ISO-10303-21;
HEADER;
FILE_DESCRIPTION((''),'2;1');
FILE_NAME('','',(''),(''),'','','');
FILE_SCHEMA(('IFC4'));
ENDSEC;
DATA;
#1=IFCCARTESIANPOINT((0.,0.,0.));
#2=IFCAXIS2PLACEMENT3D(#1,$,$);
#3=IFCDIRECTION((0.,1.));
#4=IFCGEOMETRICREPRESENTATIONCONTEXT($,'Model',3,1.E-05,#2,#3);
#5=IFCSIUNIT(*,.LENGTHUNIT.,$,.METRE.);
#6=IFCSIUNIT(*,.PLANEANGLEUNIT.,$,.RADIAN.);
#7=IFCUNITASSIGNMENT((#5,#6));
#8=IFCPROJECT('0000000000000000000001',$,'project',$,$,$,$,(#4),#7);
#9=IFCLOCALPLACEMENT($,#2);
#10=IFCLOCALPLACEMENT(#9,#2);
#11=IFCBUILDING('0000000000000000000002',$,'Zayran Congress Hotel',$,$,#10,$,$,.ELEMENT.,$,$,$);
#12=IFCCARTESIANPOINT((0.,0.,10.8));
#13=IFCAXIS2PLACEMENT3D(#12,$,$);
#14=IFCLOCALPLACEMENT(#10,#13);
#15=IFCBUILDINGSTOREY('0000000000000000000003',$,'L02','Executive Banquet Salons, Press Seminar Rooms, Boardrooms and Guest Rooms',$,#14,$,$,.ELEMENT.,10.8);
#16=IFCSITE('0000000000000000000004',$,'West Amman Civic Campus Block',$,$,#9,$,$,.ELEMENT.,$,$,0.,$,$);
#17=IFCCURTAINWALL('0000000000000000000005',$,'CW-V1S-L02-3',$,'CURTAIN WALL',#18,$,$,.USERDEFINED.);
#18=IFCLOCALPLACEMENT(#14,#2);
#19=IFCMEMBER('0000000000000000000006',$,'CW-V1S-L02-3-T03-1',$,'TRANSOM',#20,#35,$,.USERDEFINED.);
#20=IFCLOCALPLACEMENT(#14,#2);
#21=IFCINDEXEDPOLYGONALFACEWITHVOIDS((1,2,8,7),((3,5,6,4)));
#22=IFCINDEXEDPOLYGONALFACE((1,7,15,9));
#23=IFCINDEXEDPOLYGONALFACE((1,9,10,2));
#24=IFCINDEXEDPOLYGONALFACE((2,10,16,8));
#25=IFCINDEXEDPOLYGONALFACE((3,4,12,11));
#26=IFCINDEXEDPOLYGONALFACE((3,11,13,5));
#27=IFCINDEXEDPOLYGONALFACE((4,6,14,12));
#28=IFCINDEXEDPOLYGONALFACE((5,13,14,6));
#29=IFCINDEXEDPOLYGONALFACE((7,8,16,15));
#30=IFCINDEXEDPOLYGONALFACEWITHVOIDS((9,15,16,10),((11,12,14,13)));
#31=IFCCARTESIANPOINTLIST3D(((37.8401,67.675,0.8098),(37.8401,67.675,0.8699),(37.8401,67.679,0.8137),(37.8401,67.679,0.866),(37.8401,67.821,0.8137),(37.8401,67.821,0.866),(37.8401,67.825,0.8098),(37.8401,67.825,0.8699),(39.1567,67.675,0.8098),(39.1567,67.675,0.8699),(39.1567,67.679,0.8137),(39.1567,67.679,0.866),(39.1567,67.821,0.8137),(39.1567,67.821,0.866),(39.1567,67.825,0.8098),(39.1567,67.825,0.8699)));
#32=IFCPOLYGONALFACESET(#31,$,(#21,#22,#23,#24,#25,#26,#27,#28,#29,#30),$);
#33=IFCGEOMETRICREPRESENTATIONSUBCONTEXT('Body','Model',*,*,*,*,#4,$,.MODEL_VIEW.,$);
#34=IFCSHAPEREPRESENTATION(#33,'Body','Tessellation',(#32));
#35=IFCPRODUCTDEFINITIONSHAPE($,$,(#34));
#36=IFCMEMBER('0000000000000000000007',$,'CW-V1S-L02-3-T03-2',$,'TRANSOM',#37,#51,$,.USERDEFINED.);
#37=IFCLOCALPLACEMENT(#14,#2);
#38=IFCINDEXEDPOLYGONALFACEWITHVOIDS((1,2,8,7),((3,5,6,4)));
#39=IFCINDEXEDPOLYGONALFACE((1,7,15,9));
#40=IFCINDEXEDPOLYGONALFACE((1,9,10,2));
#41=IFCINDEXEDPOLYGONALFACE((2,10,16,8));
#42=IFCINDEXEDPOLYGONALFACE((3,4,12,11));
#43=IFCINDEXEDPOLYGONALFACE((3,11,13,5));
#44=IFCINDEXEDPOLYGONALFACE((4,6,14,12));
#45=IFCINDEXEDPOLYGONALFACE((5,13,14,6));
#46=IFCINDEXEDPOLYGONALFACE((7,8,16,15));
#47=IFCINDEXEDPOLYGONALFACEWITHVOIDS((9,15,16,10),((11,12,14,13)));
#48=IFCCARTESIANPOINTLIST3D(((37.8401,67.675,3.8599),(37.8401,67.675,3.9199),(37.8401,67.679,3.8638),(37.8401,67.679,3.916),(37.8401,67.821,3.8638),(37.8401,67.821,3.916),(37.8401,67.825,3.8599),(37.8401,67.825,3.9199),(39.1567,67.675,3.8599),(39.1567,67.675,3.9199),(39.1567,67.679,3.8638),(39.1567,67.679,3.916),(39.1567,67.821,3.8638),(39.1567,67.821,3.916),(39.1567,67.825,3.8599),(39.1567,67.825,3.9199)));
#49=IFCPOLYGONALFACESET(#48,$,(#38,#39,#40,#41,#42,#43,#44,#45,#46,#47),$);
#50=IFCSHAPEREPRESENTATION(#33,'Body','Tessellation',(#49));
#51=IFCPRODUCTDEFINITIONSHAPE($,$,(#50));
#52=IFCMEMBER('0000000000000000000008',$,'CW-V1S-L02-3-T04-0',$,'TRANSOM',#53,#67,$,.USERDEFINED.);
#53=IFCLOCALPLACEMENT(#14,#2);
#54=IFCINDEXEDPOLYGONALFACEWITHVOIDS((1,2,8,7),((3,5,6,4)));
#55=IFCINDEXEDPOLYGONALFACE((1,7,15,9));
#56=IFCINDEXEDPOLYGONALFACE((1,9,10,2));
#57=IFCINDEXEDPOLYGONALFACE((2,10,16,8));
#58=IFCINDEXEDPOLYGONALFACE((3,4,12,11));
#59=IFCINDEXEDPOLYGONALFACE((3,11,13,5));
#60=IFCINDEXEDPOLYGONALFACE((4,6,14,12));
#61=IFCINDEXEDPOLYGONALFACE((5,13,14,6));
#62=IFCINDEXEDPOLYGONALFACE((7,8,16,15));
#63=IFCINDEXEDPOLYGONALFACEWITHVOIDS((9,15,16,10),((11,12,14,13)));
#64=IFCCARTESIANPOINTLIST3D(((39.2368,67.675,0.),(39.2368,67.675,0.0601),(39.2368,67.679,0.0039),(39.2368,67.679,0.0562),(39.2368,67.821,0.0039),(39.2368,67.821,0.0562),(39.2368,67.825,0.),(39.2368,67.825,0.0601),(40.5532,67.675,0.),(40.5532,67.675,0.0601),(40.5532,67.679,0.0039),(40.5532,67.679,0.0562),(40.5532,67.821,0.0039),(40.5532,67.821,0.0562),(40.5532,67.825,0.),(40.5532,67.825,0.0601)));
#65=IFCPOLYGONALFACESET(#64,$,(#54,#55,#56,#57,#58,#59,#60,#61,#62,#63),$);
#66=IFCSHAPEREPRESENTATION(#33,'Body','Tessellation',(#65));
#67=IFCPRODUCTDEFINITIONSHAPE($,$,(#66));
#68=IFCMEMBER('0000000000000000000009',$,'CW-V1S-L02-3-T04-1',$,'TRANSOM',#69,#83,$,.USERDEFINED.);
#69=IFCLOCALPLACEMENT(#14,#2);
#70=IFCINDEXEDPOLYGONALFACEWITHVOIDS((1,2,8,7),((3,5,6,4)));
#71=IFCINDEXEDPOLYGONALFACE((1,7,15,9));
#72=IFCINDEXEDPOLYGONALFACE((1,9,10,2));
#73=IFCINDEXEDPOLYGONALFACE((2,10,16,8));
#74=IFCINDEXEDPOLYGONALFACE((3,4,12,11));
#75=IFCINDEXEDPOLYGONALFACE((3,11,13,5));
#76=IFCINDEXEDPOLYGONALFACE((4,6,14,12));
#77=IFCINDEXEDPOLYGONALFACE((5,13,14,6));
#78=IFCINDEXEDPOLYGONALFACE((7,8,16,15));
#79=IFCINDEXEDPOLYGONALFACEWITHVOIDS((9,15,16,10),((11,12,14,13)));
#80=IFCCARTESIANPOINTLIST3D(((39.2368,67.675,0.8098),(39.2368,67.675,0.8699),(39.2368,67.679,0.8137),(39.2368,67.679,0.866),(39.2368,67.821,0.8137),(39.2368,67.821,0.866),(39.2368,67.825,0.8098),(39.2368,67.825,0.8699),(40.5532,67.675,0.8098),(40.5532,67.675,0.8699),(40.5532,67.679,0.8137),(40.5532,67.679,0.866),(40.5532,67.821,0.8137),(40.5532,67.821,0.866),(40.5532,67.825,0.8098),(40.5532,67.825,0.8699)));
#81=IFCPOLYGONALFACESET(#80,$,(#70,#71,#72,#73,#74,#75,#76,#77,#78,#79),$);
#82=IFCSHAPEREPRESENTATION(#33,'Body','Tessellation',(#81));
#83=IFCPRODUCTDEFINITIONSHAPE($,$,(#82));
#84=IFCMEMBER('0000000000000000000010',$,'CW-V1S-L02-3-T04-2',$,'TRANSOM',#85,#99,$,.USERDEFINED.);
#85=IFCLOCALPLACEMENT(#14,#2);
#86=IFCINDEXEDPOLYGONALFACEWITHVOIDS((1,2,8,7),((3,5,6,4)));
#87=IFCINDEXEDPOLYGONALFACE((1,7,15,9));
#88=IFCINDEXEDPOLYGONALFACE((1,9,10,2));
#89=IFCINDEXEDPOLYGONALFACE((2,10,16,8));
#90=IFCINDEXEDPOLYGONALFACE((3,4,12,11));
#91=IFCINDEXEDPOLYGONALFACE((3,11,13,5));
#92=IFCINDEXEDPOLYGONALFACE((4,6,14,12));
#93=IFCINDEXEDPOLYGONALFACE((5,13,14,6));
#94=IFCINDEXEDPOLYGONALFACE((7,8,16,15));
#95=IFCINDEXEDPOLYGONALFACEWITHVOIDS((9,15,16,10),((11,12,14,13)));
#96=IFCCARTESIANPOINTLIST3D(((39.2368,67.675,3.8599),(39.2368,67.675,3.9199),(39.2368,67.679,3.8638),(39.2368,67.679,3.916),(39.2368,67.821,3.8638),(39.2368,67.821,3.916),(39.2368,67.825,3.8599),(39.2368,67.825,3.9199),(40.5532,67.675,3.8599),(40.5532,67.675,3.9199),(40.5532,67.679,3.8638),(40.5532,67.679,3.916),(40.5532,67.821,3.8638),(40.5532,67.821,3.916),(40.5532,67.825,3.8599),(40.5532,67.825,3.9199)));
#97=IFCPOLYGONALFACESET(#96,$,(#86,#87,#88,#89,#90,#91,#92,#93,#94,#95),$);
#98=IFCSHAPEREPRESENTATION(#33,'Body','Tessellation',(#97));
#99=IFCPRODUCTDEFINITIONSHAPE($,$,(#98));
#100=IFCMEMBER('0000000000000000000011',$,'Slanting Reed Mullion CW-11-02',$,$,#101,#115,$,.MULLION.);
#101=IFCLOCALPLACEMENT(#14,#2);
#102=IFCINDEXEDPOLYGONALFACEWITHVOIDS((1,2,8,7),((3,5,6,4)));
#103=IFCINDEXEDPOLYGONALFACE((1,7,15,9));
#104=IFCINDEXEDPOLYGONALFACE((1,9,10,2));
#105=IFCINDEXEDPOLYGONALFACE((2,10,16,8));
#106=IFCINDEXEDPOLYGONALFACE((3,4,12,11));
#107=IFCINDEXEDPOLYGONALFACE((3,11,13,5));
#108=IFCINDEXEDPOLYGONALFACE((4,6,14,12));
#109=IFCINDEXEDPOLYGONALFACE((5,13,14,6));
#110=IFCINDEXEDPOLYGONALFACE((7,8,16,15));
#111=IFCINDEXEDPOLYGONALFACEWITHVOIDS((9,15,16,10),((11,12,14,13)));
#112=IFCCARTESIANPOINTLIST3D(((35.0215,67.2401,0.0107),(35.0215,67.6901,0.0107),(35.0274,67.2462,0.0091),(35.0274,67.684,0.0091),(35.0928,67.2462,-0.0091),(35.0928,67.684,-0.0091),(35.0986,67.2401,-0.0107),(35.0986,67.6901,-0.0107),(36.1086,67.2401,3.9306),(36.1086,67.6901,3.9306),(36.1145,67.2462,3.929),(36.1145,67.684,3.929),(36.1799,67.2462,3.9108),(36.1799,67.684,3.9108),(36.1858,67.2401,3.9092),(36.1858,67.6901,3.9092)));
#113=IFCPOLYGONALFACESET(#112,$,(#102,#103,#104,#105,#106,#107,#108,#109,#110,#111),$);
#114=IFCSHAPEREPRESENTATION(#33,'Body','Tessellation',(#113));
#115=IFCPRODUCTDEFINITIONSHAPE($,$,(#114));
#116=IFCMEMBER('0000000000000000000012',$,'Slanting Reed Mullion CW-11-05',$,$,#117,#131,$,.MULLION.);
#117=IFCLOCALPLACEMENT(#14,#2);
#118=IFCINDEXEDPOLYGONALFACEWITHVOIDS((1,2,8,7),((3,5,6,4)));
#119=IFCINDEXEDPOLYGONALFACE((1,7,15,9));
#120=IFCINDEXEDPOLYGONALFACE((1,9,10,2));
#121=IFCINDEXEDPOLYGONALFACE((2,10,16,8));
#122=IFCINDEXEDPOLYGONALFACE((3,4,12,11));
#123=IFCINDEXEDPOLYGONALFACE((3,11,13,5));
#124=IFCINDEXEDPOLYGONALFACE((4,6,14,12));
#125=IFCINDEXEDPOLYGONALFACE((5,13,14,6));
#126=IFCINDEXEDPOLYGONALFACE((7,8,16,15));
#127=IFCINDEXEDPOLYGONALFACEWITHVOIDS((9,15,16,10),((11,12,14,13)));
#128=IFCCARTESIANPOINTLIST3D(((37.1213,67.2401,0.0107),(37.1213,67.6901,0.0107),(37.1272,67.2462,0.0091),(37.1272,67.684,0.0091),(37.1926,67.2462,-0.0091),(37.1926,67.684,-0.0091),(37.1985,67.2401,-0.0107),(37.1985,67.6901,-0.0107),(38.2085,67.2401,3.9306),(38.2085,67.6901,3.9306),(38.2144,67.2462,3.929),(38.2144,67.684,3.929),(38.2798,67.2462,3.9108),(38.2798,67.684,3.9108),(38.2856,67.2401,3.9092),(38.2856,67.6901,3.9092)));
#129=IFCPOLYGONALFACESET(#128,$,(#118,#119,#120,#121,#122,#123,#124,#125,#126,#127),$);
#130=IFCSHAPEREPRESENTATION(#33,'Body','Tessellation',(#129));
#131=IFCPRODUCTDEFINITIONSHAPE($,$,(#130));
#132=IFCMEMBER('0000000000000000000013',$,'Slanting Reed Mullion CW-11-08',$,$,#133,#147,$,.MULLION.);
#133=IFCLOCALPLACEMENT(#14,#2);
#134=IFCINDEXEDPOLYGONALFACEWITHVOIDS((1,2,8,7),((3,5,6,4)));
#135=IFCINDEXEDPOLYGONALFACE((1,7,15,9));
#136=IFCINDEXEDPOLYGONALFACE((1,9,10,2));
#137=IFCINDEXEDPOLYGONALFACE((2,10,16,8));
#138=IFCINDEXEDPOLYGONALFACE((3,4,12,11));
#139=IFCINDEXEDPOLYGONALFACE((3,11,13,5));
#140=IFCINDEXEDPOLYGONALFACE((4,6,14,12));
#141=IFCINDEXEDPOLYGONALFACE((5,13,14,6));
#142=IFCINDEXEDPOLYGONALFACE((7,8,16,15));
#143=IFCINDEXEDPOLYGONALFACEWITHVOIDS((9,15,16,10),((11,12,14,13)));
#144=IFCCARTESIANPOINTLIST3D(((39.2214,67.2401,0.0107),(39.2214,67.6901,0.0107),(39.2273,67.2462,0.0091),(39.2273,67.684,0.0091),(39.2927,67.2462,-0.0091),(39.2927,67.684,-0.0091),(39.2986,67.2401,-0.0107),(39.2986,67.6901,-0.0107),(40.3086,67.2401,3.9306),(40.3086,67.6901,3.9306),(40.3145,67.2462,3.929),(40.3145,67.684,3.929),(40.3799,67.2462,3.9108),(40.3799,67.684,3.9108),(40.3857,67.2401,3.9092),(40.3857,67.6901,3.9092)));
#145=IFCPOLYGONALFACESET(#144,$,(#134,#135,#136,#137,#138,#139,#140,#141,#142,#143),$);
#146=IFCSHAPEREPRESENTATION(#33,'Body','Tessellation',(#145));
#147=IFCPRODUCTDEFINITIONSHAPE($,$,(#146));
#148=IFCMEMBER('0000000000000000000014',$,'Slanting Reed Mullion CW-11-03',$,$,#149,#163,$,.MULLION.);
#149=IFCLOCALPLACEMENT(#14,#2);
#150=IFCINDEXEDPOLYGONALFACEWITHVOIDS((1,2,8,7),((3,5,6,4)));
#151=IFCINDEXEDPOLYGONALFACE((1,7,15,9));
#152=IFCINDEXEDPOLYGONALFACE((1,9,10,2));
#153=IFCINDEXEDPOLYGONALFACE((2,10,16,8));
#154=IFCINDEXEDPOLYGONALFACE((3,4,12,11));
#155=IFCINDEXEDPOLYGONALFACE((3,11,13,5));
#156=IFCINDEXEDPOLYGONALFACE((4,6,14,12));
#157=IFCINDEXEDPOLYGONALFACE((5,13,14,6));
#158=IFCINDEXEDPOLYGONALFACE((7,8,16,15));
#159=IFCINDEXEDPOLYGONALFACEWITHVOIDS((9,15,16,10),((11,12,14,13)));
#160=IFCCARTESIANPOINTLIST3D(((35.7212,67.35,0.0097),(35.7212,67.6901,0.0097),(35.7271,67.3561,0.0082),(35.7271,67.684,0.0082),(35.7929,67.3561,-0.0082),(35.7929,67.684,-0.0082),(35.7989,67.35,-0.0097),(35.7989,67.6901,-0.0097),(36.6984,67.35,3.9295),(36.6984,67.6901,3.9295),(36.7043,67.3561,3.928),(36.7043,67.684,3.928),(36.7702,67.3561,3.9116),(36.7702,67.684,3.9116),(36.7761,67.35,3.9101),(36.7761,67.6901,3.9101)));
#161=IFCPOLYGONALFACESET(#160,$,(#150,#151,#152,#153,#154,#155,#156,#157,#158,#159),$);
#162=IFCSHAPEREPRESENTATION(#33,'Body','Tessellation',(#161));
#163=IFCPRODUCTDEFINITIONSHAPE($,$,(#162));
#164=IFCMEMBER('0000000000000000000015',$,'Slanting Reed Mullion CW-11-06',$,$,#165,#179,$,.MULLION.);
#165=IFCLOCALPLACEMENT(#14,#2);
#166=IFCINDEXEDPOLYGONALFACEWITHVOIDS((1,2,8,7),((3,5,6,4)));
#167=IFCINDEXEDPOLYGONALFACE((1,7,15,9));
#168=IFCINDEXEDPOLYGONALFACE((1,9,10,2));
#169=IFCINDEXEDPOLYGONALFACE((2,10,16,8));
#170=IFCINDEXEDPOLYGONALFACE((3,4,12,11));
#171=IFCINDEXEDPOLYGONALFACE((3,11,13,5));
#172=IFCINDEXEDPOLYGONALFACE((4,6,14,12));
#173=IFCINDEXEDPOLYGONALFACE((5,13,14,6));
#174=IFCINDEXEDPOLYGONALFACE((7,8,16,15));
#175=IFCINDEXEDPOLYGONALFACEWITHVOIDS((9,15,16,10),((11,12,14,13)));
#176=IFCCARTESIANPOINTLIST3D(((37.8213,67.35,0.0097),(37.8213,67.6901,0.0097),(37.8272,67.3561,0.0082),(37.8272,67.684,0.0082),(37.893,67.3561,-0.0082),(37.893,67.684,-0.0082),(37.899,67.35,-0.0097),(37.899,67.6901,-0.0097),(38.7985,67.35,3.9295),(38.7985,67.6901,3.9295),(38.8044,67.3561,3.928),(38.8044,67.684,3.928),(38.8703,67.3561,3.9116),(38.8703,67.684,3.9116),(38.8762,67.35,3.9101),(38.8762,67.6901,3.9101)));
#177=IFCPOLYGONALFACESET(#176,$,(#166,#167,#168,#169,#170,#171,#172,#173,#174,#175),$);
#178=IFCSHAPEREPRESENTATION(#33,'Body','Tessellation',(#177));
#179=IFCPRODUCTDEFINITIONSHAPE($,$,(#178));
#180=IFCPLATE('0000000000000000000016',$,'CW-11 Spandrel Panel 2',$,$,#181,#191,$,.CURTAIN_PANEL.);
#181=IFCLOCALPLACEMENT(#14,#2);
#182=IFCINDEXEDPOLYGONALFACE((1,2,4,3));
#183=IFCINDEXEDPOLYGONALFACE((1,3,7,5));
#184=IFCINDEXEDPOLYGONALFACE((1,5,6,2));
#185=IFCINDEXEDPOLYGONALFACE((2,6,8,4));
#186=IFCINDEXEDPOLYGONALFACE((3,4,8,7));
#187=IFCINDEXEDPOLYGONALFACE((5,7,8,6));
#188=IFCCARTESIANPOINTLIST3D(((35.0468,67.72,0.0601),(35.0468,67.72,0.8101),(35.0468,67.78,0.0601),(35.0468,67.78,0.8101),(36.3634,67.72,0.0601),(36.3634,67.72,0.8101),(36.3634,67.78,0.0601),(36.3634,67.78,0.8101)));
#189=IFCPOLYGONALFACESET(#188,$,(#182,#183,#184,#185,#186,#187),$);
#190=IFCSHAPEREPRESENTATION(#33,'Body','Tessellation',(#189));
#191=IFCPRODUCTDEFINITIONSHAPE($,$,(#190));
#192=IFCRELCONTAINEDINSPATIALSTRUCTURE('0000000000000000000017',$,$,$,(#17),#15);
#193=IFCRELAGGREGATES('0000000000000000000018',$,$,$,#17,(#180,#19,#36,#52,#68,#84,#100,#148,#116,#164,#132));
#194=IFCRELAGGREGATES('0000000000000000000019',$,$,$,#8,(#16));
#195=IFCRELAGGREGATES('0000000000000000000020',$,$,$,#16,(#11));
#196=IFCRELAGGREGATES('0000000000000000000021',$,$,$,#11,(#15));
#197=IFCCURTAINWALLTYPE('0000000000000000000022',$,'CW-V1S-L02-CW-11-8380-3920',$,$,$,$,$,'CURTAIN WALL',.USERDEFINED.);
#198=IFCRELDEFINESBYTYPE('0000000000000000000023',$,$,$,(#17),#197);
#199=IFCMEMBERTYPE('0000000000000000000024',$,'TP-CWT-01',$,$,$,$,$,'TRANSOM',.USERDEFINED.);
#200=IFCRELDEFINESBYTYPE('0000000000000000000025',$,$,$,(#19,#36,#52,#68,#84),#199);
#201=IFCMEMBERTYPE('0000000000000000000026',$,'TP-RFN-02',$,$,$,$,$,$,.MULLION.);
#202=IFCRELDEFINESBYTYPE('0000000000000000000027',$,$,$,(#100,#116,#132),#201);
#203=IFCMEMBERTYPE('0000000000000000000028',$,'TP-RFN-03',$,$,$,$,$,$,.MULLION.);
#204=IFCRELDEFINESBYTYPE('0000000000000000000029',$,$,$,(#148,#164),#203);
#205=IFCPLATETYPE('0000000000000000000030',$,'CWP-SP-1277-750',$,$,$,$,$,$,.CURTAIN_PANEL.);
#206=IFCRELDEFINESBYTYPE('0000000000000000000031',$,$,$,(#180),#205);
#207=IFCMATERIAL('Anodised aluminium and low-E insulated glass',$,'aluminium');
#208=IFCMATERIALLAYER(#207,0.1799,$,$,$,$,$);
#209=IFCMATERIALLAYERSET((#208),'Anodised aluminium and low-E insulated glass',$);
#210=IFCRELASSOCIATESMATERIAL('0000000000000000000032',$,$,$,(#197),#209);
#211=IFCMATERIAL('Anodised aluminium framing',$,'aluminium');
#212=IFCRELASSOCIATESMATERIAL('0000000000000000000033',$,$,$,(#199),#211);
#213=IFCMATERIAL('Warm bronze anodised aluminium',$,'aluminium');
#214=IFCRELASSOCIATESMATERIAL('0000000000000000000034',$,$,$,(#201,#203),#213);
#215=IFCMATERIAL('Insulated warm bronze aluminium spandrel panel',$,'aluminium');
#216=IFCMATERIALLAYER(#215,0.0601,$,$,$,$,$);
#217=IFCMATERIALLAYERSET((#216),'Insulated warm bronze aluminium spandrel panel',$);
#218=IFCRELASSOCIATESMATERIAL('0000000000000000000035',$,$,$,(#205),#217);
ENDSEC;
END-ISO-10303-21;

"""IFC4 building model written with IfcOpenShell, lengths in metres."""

from ifc_helpers import new_model, si_unit, direction, frame, origin, origin_2d, place, context, subcontext, project, spatial, rectangle, hollow_rectangle, extrude, material, layer, layer_set, material_profile, profile_set, type_object, element, aggregate, save


model = new_model("IFC4")

# Units and contexts
model_context = context("Model", 3, precision=1e-05, world=origin(), true_north=direction((0.0, 1.0)))
body_context = subcontext(model_context, "Body", "Model", "MODEL_VIEW")
ifc_project = project(units=[si_unit("LENGTHUNIT", "METRE"), si_unit("PLANEANGLEUNIT", "RADIAN")], contexts=[model_context])

# Site, building, storey
site_placement = place(None, origin())
site = spatial("IfcSite", under=ifc_project, at=site_placement, Name="West Amman Civic Campus Block", CompositionType="ELEMENT", RefElevation=0.0)
building_placement = place(site_placement, origin())
building = spatial("IfcBuilding", under=site, at=building_placement, Name="Zayran Congress Hotel", CompositionType="ELEMENT")
storey_placement = place(building_placement, frame((0.0, 0.0, 10.8)))
storey = spatial("IfcBuildingStorey", under=building, at=storey_placement, Name="L02", Description="Executive Banquet Salons, Press Seminar Rooms, Boardrooms and Guest Rooms", CompositionType="ELEMENT", Elevation=10.8)

# Curtain wall, members, plate
ifc_material_1 = material(Name="Anodised aluminium and low-E insulated glass", Category="aluminium")
ifc_layer_1 = layer(ifc_material_1, 0.1799)
ifc_layer_set_1 = layer_set([ifc_layer_1], Name="Anodised aluminium and low-E insulated glass")
curtain_wall_type = type_object("IfcCurtainWallType", Name="CW-V1S-L02-CW-11-8380-3920", ElementType="CURTAIN WALL", PredefinedType="USERDEFINED", material=ifc_layer_set_1)
curtain_wall_placement = place(storey_placement, origin())
curtain_wall = element("IfcCurtainWall", 1, at=curtain_wall_placement, inside=storey, type_object=curtain_wall_type, Name="CW-V1S-L02-3", ObjectType="CURTAIN WALL", PredefinedType="USERDEFINED")
ifc_material_2 = material(Name="Anodised aluminium framing", Category="aluminium")
ifc_material_profile_1 = material_profile(ifc_material_2, hollow_rectangle(XDim=0.0601, YDim=0.1499, WallThickness=0.0039, at=origin_2d()), Name="RHS 150x60x4")
ifc_profile_set_1 = profile_set([ifc_material_profile_1], Name="Anodised aluminium framing")
member_type_1 = type_object("IfcMemberType", Name="TP-CWT-01", ElementType="TRANSOM", PredefinedType="USERDEFINED", material=ifc_profile_set_1)
member_1_placement = place(storey_placement, frame((37.8401, 67.75, 0.8398), z_axis=(1.0, 0.0, 0.0), x_axis=(0.0, 0.0, 1.0)))
member_1 = element("IfcMember", 2, at=member_1_placement, type_object=member_type_1, Name="CW-V1S-L02-3-T03-1", ObjectType="TRANSOM", PredefinedType="USERDEFINED", context=body_context, shape_type="SweptSolid", body=[
    extrude(hollow_rectangle(XDim=0.0601, YDim=0.1499, WallThickness=0.0039, at=origin_2d()), origin(), (0.0, 0.0, 1.0), 1.3167),
])
member_2_placement = place(storey_placement, frame((37.8401, 67.75, 3.8899), z_axis=(1.0, 0.0, 0.0), x_axis=(0.0, 0.0, 1.0)))
member_2 = element("IfcMember", 3, at=member_2_placement, type_object=member_type_1, Name="CW-V1S-L02-3-T03-2", ObjectType="TRANSOM", PredefinedType="USERDEFINED", context=body_context, shape_type="SweptSolid", body=[
    extrude(hollow_rectangle(XDim=0.0601, YDim=0.1499, WallThickness=0.0039, at=origin_2d()), origin(), (0.0, 0.0, 1.0), 1.3167),
])
member_3_placement = place(storey_placement, frame((39.2368, 67.75, 0.03), z_axis=(1.0, 0.0, 0.0), x_axis=(0.0, 0.0, 1.0)))
member_3 = element("IfcMember", 4, at=member_3_placement, type_object=member_type_1, Name="CW-V1S-L02-3-T04-0", ObjectType="TRANSOM", PredefinedType="USERDEFINED", context=body_context, shape_type="SweptSolid", body=[
    extrude(hollow_rectangle(XDim=0.0601, YDim=0.1499, WallThickness=0.0039, at=origin_2d()), origin(), (0.0, 0.0, 1.0), 1.3164),
])
member_4_placement = place(storey_placement, frame((39.2368, 67.75, 0.8398), z_axis=(1.0, 0.0, 0.0), x_axis=(0.0, 0.0, 1.0)))
member_4 = element("IfcMember", 5, at=member_4_placement, type_object=member_type_1, Name="CW-V1S-L02-3-T04-1", ObjectType="TRANSOM", PredefinedType="USERDEFINED", context=body_context, shape_type="SweptSolid", body=[
    extrude(hollow_rectangle(XDim=0.0601, YDim=0.1499, WallThickness=0.0039, at=origin_2d()), origin(), (0.0, 0.0, 1.0), 1.3164),
])
member_5_placement = place(storey_placement, frame((39.2368, 67.75, 3.8899), z_axis=(1.0, 0.0, 0.0), x_axis=(0.0, 0.0, 1.0)))
member_5 = element("IfcMember", 6, at=member_5_placement, type_object=member_type_1, Name="CW-V1S-L02-3-T04-2", ObjectType="TRANSOM", PredefinedType="USERDEFINED", context=body_context, shape_type="SweptSolid", body=[
    extrude(hollow_rectangle(XDim=0.0601, YDim=0.1499, WallThickness=0.0039, at=origin_2d()), origin(), (0.0, 0.0, 1.0), 1.3164),
])
ifc_material_3 = material(Name="Warm bronze anodised aluminium", Category="aluminium")
ifc_material_profile_2 = material_profile(ifc_material_3, hollow_rectangle(XDim=0.0801, YDim=0.45, WallThickness=0.0061, at=origin_2d()), Name="RHS 450x80x6")
ifc_profile_set_2 = profile_set([ifc_material_profile_2], Name="Warm bronze anodised aluminium")
member_type_2 = type_object("IfcMemberType", Name="TP-RFN-02", PredefinedType="MULLION", material=ifc_profile_set_2)
member_6_placement = place(storey_placement, frame((35.0601, 67.4651, 0.0), z_axis=(0.267254, 0.0, 0.963626), x_axis=(-0.963626, 0.0, 0.267254)))
member_6 = element("IfcMember", 7, at=member_6_placement, type_object=member_type_2, Name="Slanting Reed Mullion CW-11-02", PredefinedType="MULLION", context=body_context, shape_type="SweptSolid", body=[
    extrude(hollow_rectangle(XDim=0.0801, YDim=0.45, WallThickness=0.0061, at=origin_2d()), origin(), (0.0, 0.0, 1.0), 4.0679),
])
member_7_placement = place(storey_placement, frame((37.1599, 67.4651, 0.0), z_axis=(0.267254, 0.0, 0.963626), x_axis=(-0.963626, 0.0, 0.267254)))
member_7 = element("IfcMember", 8, at=member_7_placement, type_object=member_type_2, Name="Slanting Reed Mullion CW-11-05", PredefinedType="MULLION", context=body_context, shape_type="SweptSolid", body=[
    extrude(hollow_rectangle(XDim=0.0801, YDim=0.45, WallThickness=0.0061, at=origin_2d()), origin(), (0.0, 0.0, 1.0), 4.0679),
])
member_8_placement = place(storey_placement, frame((39.26, 67.4651, 0.0), z_axis=(0.267254, 0.0, 0.963626), x_axis=(-0.963626, 0.0, 0.267254)))
member_8 = element("IfcMember", 9, at=member_8_placement, type_object=member_type_2, Name="Slanting Reed Mullion CW-11-08", PredefinedType="MULLION", context=body_context, shape_type="SweptSolid", body=[
    extrude(hollow_rectangle(XDim=0.0801, YDim=0.45, WallThickness=0.0061, at=origin_2d()), origin(), (0.0, 0.0, 1.0), 4.0679),
])
ifc_material_profile_3 = material_profile(ifc_material_3, hollow_rectangle(XDim=0.0801, YDim=0.3401, WallThickness=0.0061, at=origin_2d()), Name="RHS 340x80x6")
ifc_profile_set_3 = profile_set([ifc_material_profile_3], Name="Warm bronze anodised aluminium")
member_type_3 = type_object("IfcMemberType", Name="TP-RFN-03", PredefinedType="MULLION", material=ifc_profile_set_3)
member_9_placement = place(storey_placement, frame((35.76, 67.52, 0.0), z_axis=(0.24191, 0.0, 0.970299), x_axis=(-0.970299, 0.0, 0.24191)))
member_9 = element("IfcMember", 10, at=member_9_placement, type_object=member_type_3, Name="Slanting Reed Mullion CW-11-03", PredefinedType="MULLION", context=body_context, shape_type="SweptSolid", body=[
    extrude(hollow_rectangle(XDim=0.0801, YDim=0.3401, WallThickness=0.0061, at=origin_2d()), origin(), (0.0, 0.0, 1.0), 4.0398),
])
member_10_placement = place(storey_placement, frame((37.8601, 67.52, 0.0), z_axis=(0.24191, 0.0, 0.970299), x_axis=(-0.970299, 0.0, 0.24191)))
member_10 = element("IfcMember", 11, at=member_10_placement, type_object=member_type_3, Name="Slanting Reed Mullion CW-11-06", PredefinedType="MULLION", context=body_context, shape_type="SweptSolid", body=[
    extrude(hollow_rectangle(XDim=0.0801, YDim=0.3401, WallThickness=0.0061, at=origin_2d()), origin(), (0.0, 0.0, 1.0), 4.0398),
])
ifc_material_4 = material(Name="Insulated warm bronze aluminium spandrel panel", Category="aluminium")
ifc_layer_2 = layer(ifc_material_4, 0.0601)
ifc_layer_set_2 = layer_set([ifc_layer_2], Name="Insulated warm bronze aluminium spandrel panel")
plate_type_1 = type_object("IfcPlateType", Name="CWP-SP-1277-750", PredefinedType="CURTAIN_PANEL", material=ifc_layer_set_2)
plate_1_placement = place(storey_placement, frame((35.7051, 67.75, 0.0601), z_axis=(0.0, 0.0, 1.0), x_axis=(1.0, 0.0, 0.0)))
plate_1 = element("IfcPlate", 12, at=plate_1_placement, type_object=plate_type_1, Name="CW-11 Spandrel Panel 2", PredefinedType="CURTAIN_PANEL", context=body_context, shape_type="SweptSolid", body=[
    extrude(rectangle(XDim=1.3167, YDim=0.0601, at=origin_2d()), origin(), (0.0, 0.0, 1.0), 0.75),
])
aggregate(curtain_wall, [plate_1, member_1, member_2, member_3, member_4, member_5, member_6, member_9, member_7, member_10, member_8])

save(model, "model.ifc")
